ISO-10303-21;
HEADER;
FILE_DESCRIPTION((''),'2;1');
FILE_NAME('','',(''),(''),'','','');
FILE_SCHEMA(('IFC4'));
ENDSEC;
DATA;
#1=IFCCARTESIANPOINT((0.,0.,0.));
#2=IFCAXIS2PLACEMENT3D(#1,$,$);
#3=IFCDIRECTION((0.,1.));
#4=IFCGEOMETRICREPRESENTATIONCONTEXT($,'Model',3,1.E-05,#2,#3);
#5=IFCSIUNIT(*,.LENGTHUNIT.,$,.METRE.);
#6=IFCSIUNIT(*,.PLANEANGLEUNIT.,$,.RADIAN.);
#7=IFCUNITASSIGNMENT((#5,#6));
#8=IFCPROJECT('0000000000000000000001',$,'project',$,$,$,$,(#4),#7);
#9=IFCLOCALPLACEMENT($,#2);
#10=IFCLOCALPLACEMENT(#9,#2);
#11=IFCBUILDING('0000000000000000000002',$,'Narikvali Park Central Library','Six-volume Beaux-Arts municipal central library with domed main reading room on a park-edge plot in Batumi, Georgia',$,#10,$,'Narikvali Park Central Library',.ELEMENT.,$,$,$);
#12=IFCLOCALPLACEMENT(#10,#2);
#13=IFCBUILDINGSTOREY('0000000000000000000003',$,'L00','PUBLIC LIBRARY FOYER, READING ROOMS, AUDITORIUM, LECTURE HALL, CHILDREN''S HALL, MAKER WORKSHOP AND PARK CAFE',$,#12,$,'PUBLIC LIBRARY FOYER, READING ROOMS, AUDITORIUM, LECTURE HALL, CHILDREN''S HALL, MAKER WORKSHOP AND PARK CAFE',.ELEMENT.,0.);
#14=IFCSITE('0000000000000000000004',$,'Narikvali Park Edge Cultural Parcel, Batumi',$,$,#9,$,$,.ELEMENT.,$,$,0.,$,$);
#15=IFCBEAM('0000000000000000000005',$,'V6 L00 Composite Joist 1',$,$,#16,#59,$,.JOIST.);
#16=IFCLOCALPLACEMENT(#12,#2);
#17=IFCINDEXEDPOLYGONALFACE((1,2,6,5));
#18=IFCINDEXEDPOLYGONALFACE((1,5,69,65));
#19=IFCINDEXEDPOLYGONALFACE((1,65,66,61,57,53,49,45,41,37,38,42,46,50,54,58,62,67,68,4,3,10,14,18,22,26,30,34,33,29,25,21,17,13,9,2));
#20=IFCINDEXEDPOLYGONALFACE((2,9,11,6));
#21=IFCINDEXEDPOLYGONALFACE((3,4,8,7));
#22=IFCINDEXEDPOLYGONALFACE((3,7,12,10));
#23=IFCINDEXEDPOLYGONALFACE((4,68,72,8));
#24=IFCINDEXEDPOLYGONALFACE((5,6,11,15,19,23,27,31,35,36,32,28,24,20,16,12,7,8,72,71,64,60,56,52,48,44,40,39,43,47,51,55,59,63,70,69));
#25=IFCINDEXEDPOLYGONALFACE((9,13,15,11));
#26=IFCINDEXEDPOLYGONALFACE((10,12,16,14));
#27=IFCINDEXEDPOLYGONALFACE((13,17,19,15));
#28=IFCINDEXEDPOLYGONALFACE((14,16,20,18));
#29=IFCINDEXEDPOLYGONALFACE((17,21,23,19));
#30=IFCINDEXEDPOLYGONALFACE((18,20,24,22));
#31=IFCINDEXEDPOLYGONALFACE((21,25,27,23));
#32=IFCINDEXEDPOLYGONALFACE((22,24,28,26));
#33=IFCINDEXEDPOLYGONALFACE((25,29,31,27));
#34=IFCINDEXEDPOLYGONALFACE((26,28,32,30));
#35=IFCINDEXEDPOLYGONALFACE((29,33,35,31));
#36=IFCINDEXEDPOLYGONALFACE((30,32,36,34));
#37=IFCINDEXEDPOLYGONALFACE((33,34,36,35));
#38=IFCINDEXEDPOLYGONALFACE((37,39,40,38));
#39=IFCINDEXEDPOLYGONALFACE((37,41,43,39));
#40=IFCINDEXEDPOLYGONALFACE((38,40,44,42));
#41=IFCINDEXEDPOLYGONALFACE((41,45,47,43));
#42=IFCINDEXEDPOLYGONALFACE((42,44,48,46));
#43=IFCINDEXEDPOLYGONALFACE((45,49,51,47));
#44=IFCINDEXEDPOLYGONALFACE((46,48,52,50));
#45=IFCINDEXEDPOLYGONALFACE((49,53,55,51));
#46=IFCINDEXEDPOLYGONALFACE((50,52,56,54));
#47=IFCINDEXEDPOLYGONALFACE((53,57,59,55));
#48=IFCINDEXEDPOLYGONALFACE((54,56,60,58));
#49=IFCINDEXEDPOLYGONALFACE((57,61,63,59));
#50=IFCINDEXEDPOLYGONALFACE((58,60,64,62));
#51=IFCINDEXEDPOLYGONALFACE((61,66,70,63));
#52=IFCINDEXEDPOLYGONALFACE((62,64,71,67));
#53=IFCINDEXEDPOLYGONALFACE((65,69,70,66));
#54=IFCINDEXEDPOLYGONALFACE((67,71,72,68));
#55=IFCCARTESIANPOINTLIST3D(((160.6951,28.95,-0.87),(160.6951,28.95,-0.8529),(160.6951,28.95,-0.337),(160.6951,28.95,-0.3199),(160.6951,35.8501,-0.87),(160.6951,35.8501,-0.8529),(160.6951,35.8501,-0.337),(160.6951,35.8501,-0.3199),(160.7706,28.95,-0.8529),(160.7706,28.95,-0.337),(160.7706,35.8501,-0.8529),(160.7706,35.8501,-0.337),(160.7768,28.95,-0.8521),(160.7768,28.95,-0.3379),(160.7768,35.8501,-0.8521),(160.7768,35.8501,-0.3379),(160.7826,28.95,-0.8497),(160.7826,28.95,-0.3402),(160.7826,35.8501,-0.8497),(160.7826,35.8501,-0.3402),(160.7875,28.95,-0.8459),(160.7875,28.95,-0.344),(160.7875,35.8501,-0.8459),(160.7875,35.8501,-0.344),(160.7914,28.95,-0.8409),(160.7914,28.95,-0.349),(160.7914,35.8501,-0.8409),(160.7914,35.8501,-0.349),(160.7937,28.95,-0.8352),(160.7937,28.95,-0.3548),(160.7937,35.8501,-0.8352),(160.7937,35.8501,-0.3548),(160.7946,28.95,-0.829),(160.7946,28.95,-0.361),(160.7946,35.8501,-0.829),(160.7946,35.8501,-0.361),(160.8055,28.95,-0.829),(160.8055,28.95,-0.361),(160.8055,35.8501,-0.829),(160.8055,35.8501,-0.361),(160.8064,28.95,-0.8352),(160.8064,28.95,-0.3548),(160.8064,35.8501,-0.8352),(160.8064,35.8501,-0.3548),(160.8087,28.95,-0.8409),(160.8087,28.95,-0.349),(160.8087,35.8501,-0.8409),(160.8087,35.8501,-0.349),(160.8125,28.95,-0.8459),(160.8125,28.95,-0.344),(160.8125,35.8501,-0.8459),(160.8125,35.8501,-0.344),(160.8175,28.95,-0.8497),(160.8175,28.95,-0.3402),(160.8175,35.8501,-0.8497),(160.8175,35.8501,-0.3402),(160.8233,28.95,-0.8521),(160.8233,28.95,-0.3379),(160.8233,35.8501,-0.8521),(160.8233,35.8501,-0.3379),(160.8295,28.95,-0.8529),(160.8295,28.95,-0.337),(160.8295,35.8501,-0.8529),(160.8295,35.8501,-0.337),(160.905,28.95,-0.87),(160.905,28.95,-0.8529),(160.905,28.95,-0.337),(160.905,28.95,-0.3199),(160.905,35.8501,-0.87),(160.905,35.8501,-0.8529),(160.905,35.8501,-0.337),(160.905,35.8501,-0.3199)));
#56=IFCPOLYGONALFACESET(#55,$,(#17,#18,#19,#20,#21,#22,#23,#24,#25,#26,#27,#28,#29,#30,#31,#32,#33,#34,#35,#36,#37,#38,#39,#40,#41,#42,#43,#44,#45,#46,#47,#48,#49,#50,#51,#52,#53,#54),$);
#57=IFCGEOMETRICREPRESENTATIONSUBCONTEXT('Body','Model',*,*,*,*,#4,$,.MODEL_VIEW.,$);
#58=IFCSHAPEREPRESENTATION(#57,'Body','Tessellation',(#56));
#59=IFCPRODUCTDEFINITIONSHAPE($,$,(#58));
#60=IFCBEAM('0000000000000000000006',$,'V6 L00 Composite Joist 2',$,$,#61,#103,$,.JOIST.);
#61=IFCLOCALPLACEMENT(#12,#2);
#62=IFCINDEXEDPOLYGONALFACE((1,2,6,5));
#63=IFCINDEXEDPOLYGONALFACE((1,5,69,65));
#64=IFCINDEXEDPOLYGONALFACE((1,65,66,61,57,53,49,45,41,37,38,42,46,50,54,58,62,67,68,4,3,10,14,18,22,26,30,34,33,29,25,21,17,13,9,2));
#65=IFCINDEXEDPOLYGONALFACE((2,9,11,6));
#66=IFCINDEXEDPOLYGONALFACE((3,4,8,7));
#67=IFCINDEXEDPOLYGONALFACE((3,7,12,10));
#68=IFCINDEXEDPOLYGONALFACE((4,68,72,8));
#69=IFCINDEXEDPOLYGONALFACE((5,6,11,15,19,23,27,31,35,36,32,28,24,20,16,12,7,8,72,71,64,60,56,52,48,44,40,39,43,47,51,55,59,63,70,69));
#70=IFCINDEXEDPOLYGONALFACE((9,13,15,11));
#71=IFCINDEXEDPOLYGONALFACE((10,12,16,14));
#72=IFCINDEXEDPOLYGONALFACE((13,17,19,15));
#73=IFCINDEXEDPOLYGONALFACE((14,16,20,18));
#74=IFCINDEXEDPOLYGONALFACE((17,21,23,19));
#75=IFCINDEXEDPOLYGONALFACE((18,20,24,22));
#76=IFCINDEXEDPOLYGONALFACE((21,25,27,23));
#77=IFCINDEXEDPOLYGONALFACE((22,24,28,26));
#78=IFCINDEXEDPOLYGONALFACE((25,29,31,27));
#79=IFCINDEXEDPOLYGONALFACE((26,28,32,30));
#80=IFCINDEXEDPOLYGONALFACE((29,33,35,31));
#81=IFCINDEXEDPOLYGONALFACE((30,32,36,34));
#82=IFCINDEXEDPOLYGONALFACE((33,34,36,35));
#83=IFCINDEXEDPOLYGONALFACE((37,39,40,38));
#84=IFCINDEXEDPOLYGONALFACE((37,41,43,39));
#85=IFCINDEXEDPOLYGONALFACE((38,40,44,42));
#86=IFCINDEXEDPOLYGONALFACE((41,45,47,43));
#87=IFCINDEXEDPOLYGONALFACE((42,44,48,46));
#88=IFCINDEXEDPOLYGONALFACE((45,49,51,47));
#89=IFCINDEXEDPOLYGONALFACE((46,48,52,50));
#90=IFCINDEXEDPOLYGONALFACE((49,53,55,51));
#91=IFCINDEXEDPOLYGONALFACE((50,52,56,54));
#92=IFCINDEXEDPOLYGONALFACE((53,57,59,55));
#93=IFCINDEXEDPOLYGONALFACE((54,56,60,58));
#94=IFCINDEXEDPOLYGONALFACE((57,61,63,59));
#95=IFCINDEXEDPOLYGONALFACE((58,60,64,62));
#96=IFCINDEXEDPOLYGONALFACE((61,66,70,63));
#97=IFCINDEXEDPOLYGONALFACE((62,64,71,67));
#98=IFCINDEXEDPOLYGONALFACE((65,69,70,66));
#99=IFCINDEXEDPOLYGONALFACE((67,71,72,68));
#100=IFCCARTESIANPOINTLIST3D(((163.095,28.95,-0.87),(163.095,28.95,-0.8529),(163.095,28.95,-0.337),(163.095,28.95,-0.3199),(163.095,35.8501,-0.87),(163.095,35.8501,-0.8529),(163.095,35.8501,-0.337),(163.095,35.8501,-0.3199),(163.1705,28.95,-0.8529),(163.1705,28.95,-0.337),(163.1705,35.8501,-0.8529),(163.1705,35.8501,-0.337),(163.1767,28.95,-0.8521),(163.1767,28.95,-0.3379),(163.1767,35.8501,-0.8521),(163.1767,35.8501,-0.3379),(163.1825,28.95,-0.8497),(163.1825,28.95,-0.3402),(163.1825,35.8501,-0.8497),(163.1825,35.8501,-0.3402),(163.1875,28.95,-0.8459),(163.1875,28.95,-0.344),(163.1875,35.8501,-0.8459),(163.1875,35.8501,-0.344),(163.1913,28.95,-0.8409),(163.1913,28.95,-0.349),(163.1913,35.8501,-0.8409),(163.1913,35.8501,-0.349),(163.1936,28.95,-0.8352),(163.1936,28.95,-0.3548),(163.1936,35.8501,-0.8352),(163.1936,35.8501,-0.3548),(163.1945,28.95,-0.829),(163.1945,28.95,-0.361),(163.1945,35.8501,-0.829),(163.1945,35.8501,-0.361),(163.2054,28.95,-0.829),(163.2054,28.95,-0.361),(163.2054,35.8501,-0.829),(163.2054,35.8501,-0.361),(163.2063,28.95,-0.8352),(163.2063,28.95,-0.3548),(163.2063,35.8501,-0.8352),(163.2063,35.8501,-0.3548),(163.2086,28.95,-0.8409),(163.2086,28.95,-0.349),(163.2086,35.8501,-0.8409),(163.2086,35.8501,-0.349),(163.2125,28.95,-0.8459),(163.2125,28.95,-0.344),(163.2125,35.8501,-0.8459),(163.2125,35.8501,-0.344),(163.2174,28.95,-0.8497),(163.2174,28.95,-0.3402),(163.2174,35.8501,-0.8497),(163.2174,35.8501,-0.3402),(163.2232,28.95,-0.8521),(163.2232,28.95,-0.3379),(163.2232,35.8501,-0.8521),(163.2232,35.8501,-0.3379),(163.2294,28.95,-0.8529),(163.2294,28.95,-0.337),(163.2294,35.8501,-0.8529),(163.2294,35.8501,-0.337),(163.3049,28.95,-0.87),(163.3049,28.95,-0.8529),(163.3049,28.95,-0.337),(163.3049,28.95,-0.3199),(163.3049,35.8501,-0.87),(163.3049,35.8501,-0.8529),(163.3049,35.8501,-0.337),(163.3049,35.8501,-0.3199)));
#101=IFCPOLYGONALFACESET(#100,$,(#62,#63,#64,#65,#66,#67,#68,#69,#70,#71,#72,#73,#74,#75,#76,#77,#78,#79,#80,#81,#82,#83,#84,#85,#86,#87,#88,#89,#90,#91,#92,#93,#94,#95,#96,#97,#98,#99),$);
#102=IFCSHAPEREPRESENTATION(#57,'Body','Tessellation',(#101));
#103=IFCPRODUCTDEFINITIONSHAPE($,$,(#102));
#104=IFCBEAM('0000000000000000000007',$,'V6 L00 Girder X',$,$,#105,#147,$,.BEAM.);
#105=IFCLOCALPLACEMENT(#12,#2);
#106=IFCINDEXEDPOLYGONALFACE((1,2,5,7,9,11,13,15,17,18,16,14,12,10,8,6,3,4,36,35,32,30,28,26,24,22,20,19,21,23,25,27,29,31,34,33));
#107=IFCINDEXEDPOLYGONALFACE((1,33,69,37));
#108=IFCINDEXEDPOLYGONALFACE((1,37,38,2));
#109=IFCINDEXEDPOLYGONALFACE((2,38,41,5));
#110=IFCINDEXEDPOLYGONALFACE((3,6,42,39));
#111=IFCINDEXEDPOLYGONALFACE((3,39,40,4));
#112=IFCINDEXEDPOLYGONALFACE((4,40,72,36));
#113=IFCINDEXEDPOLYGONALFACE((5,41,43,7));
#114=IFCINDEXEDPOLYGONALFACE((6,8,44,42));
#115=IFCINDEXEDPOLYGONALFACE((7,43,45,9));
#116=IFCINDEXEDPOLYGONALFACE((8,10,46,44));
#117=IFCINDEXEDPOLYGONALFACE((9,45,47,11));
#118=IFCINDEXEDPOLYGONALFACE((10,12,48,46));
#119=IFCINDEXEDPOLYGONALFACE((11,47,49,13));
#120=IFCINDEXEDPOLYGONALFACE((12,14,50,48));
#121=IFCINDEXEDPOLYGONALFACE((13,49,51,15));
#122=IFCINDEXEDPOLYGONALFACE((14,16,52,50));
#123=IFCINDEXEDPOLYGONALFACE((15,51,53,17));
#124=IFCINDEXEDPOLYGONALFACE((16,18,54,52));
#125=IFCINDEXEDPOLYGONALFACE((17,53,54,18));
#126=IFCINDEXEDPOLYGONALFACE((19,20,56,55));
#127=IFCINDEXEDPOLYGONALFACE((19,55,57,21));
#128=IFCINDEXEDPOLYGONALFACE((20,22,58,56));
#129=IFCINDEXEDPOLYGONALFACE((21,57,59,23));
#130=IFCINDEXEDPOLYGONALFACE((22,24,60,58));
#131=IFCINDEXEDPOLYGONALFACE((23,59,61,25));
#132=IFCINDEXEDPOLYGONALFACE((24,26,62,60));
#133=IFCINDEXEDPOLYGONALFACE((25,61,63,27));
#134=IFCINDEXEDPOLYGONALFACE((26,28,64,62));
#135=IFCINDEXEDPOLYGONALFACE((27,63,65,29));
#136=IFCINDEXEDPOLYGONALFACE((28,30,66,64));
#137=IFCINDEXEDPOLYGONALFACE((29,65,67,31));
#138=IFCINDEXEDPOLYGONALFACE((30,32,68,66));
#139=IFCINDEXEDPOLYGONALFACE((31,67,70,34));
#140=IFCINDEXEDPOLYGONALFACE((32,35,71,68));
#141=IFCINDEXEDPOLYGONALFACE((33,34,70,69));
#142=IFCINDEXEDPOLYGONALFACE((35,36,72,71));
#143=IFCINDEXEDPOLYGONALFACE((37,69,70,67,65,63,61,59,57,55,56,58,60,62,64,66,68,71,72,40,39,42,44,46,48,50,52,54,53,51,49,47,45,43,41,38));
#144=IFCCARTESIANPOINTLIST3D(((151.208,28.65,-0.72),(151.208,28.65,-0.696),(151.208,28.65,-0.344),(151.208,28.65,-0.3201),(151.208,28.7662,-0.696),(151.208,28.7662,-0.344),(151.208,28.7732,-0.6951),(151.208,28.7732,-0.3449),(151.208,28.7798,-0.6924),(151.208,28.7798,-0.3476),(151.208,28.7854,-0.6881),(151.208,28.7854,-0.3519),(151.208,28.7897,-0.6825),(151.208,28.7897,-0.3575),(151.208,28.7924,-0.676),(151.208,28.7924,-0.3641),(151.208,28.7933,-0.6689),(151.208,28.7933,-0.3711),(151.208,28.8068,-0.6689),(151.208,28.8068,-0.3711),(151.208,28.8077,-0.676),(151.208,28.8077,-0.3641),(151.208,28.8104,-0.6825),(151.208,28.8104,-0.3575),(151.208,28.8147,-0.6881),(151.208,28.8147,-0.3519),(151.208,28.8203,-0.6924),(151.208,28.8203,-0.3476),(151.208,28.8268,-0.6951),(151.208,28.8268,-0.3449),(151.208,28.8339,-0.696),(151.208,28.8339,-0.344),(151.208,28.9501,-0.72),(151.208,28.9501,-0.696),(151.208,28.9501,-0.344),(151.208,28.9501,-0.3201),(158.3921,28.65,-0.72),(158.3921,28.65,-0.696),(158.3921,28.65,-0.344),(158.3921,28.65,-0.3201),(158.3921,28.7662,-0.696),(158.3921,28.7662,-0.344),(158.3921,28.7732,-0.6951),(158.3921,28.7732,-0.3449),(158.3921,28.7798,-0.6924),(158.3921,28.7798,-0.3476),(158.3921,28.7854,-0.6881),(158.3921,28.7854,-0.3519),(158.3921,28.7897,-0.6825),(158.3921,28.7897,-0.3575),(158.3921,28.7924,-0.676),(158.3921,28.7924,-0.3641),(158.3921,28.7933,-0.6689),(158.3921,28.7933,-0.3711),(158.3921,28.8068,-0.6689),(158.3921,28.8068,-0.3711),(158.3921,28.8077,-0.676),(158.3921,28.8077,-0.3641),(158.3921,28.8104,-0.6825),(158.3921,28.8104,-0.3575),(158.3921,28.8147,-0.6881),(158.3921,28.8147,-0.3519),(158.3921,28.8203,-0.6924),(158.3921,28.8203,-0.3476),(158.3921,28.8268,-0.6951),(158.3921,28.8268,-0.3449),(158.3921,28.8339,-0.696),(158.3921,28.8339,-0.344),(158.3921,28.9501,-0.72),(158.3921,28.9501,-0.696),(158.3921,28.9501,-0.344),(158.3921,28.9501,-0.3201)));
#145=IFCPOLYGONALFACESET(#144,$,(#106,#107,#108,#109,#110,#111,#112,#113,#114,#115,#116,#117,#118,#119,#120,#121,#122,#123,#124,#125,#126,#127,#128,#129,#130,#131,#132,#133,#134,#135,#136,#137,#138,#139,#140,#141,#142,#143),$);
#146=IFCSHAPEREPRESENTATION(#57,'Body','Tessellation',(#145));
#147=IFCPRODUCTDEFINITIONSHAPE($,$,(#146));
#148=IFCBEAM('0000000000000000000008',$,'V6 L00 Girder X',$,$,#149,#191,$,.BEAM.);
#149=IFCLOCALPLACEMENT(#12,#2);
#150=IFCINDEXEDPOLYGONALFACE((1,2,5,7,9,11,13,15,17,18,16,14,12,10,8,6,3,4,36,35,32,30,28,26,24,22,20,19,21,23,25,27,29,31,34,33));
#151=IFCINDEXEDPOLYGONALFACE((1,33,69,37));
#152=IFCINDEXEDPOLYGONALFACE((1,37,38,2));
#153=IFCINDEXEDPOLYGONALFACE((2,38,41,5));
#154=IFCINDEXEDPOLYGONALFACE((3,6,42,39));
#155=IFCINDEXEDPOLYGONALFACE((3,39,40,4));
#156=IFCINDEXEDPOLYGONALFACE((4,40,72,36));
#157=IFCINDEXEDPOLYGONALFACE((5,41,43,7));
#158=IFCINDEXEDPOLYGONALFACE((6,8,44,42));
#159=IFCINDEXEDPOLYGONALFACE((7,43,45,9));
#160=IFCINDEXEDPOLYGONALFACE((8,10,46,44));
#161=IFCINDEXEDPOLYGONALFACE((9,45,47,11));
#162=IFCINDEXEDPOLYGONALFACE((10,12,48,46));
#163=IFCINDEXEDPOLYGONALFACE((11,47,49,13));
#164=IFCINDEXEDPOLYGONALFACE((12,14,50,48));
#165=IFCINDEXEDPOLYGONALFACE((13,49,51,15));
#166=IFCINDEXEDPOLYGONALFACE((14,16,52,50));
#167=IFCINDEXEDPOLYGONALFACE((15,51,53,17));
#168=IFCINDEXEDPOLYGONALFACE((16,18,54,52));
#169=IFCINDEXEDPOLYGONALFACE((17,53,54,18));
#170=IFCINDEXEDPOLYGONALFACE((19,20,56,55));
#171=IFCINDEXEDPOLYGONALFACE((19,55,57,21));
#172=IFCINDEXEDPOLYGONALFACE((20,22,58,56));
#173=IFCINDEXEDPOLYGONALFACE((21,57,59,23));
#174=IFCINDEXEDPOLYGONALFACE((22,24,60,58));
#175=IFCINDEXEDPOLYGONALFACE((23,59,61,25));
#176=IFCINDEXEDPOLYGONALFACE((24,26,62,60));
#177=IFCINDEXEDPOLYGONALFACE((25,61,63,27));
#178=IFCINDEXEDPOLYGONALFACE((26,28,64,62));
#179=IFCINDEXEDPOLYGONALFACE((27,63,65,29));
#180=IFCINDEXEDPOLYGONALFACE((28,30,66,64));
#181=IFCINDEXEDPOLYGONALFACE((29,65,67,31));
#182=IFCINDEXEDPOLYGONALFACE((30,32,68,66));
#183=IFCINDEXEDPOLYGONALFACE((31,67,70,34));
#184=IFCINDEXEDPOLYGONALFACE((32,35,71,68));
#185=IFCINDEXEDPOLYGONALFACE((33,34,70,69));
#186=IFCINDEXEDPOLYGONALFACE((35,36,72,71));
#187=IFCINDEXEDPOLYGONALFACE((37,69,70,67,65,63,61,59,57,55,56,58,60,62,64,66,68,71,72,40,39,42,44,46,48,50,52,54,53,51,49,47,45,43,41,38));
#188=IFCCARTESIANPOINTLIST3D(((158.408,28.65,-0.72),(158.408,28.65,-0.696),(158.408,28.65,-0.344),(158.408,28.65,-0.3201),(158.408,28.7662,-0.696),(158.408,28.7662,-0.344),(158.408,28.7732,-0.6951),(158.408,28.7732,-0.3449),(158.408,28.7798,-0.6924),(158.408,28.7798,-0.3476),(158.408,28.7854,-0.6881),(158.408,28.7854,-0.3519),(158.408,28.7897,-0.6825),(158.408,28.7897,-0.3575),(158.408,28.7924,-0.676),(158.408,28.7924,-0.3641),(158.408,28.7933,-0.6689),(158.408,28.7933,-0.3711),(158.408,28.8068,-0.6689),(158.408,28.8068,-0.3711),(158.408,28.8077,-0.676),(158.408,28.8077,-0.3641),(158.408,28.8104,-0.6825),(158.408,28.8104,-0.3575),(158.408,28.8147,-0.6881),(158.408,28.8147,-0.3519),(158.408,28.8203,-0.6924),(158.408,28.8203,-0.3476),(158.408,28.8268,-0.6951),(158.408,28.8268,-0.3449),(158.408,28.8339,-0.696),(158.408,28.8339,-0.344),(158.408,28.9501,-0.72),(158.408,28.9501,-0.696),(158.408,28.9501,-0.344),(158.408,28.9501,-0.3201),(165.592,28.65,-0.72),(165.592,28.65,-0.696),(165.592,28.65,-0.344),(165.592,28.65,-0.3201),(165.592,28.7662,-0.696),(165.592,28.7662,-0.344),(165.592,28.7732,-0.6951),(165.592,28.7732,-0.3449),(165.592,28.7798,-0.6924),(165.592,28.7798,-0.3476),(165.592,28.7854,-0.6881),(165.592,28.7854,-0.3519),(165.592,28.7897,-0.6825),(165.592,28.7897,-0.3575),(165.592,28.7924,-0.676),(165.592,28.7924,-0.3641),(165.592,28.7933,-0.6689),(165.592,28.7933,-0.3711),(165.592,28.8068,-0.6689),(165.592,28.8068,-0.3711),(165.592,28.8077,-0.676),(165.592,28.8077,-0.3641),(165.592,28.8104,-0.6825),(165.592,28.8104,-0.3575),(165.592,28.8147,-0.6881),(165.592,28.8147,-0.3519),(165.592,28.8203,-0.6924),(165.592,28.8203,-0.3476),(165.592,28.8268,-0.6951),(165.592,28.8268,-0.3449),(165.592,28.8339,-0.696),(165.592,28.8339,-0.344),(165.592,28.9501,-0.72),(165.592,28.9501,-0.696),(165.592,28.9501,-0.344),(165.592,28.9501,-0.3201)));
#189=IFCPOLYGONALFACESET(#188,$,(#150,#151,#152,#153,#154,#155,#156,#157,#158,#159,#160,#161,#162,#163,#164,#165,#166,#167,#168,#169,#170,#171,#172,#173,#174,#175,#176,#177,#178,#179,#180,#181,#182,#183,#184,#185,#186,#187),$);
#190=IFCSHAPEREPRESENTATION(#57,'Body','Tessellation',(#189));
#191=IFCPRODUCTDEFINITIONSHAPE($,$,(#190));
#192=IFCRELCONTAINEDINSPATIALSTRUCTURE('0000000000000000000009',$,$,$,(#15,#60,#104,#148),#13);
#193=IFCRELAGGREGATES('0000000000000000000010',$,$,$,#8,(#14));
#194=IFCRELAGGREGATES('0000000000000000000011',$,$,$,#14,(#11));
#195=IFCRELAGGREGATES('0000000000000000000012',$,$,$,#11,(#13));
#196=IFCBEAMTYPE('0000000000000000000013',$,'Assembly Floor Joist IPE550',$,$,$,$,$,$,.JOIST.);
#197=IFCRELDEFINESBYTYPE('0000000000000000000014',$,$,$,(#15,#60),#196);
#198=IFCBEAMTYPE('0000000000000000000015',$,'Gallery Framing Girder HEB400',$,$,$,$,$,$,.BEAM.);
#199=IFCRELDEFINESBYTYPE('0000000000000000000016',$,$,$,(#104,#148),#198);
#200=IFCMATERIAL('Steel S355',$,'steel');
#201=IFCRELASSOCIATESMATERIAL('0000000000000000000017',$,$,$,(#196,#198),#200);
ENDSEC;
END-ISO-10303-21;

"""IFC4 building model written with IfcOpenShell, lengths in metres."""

from ifc_helpers import new_model, si_unit, direction, frame, origin, origin_2d, place, context, subcontext, project, spatial, i_section, extrude, material, material_profile, profile_set, type_object, element, save


model = new_model("IFC4")

# Units and contexts
model_context = context("Model", 3, precision=1e-05, world=origin(), true_north=direction((0.0, 1.0)))
body_context = subcontext(model_context, "Body", "Model", "MODEL_VIEW")
ifc_project = project(units=[si_unit("LENGTHUNIT", "METRE"), si_unit("PLANEANGLEUNIT", "RADIAN")], contexts=[model_context])

# Site, building, storey
site_placement = place(None, origin())
site = spatial("IfcSite", under=ifc_project, at=site_placement, Name="Narikvali Park Edge Cultural Parcel, Batumi", CompositionType="ELEMENT", RefElevation=0.0)
building_placement = place(site_placement, origin())
building = spatial("IfcBuilding", under=site, at=building_placement, Name="Narikvali Park Central Library", Description="Six-volume Beaux-Arts municipal central library with domed main reading room on a park-edge plot in Batumi, Georgia", LongName="Narikvali Park Central Library", CompositionType="ELEMENT")
storey_placement = place(building_placement, origin())
storey = spatial("IfcBuildingStorey", under=building, at=storey_placement, Name="L00", Description="PUBLIC LIBRARY FOYER, READING ROOMS, AUDITORIUM, LECTURE HALL, CHILDREN'S HALL, MAKER WORKSHOP AND PARK CAFE", LongName="PUBLIC LIBRARY FOYER, READING ROOMS, AUDITORIUM, LECTURE HALL, CHILDREN'S HALL, MAKER WORKSHOP AND PARK CAFE", CompositionType="ELEMENT", Elevation=0.0)

# Shared definitions
ifc_material_1 = material(Name="Steel S355", Category="steel")

# Beams
ifc_material_profile_1 = material_profile(ifc_material_1, i_section(OverallWidth=0.21, OverallDepth=0.55, WebThickness=0.011, FlangeThickness=0.0171, FilletRadius=0.0239, at=origin_2d()), Name="IPE 550")
ifc_profile_set_1 = profile_set([ifc_material_profile_1], Name="Steel S355")
beam_type_1 = type_object("IfcBeamType", Name="Assembly Floor Joist IPE550", PredefinedType="JOIST", material=ifc_profile_set_1)
for number, where, z_axis, x_axis, name in (
    (1, (160.8, 28.95, -0.595), (0.0, 1.0, 0.0), (-1.0, 0.0, 0.0), "V6 L00 Composite Joist 1"),
    (2, (163.2, 28.95, -0.595), (0.0, 1.0, 0.0), (-1.0, 0.0, 0.0), "V6 L00 Composite Joist 2"),
):
    element("IfcBeam", number, at=place(storey_placement, frame(where, z_axis=z_axis, x_axis=x_axis)), inside=storey, type_object=beam_type_1, Name=name, PredefinedType="JOIST", context=body_context, shape_type="SweptSolid", body=[
        extrude(i_section(OverallWidth=0.21, OverallDepth=0.55, WebThickness=0.011, FlangeThickness=0.0171, FilletRadius=0.0239, at=origin_2d()), origin(), (0.0, 0.0, 1.0), 6.9001),
    ])
ifc_material_profile_2 = material_profile(ifc_material_1, i_section(OverallWidth=0.3, OverallDepth=0.3999, WebThickness=0.0134, FlangeThickness=0.0239, FilletRadius=0.0271, at=origin_2d()), Name="HEB 400")
ifc_profile_set_2 = profile_set([ifc_material_profile_2], Name="Steel S355")
beam_type_2 = type_object("IfcBeamType", Name="Gallery Framing Girder HEB400", PredefinedType="BEAM", material=ifc_profile_set_2)
for number, where, z_axis, x_axis, name in (
    (3, (151.208, 28.8, -0.52), (1.0, 0.0, 0.0), (0.0, 1.0, 0.0), "V6 L00 Girder X"),
    (4, (158.408, 28.8, -0.52), (1.0, 0.0, 0.0), (0.0, 1.0, 0.0), "V6 L00 Girder X"),
):
    element("IfcBeam", number, at=place(storey_placement, frame(where, z_axis=z_axis, x_axis=x_axis)), inside=storey, type_object=beam_type_2, Name=name, PredefinedType="BEAM", context=body_context, shape_type="SweptSolid", body=[
        extrude(i_section(OverallWidth=0.3, OverallDepth=0.3999, WebThickness=0.0134, FlangeThickness=0.0239, FilletRadius=0.0271, at=origin_2d()), origin(), (0.0, 0.0, 1.0), 7.1841),
    ])

save(model, "model.ifc")
